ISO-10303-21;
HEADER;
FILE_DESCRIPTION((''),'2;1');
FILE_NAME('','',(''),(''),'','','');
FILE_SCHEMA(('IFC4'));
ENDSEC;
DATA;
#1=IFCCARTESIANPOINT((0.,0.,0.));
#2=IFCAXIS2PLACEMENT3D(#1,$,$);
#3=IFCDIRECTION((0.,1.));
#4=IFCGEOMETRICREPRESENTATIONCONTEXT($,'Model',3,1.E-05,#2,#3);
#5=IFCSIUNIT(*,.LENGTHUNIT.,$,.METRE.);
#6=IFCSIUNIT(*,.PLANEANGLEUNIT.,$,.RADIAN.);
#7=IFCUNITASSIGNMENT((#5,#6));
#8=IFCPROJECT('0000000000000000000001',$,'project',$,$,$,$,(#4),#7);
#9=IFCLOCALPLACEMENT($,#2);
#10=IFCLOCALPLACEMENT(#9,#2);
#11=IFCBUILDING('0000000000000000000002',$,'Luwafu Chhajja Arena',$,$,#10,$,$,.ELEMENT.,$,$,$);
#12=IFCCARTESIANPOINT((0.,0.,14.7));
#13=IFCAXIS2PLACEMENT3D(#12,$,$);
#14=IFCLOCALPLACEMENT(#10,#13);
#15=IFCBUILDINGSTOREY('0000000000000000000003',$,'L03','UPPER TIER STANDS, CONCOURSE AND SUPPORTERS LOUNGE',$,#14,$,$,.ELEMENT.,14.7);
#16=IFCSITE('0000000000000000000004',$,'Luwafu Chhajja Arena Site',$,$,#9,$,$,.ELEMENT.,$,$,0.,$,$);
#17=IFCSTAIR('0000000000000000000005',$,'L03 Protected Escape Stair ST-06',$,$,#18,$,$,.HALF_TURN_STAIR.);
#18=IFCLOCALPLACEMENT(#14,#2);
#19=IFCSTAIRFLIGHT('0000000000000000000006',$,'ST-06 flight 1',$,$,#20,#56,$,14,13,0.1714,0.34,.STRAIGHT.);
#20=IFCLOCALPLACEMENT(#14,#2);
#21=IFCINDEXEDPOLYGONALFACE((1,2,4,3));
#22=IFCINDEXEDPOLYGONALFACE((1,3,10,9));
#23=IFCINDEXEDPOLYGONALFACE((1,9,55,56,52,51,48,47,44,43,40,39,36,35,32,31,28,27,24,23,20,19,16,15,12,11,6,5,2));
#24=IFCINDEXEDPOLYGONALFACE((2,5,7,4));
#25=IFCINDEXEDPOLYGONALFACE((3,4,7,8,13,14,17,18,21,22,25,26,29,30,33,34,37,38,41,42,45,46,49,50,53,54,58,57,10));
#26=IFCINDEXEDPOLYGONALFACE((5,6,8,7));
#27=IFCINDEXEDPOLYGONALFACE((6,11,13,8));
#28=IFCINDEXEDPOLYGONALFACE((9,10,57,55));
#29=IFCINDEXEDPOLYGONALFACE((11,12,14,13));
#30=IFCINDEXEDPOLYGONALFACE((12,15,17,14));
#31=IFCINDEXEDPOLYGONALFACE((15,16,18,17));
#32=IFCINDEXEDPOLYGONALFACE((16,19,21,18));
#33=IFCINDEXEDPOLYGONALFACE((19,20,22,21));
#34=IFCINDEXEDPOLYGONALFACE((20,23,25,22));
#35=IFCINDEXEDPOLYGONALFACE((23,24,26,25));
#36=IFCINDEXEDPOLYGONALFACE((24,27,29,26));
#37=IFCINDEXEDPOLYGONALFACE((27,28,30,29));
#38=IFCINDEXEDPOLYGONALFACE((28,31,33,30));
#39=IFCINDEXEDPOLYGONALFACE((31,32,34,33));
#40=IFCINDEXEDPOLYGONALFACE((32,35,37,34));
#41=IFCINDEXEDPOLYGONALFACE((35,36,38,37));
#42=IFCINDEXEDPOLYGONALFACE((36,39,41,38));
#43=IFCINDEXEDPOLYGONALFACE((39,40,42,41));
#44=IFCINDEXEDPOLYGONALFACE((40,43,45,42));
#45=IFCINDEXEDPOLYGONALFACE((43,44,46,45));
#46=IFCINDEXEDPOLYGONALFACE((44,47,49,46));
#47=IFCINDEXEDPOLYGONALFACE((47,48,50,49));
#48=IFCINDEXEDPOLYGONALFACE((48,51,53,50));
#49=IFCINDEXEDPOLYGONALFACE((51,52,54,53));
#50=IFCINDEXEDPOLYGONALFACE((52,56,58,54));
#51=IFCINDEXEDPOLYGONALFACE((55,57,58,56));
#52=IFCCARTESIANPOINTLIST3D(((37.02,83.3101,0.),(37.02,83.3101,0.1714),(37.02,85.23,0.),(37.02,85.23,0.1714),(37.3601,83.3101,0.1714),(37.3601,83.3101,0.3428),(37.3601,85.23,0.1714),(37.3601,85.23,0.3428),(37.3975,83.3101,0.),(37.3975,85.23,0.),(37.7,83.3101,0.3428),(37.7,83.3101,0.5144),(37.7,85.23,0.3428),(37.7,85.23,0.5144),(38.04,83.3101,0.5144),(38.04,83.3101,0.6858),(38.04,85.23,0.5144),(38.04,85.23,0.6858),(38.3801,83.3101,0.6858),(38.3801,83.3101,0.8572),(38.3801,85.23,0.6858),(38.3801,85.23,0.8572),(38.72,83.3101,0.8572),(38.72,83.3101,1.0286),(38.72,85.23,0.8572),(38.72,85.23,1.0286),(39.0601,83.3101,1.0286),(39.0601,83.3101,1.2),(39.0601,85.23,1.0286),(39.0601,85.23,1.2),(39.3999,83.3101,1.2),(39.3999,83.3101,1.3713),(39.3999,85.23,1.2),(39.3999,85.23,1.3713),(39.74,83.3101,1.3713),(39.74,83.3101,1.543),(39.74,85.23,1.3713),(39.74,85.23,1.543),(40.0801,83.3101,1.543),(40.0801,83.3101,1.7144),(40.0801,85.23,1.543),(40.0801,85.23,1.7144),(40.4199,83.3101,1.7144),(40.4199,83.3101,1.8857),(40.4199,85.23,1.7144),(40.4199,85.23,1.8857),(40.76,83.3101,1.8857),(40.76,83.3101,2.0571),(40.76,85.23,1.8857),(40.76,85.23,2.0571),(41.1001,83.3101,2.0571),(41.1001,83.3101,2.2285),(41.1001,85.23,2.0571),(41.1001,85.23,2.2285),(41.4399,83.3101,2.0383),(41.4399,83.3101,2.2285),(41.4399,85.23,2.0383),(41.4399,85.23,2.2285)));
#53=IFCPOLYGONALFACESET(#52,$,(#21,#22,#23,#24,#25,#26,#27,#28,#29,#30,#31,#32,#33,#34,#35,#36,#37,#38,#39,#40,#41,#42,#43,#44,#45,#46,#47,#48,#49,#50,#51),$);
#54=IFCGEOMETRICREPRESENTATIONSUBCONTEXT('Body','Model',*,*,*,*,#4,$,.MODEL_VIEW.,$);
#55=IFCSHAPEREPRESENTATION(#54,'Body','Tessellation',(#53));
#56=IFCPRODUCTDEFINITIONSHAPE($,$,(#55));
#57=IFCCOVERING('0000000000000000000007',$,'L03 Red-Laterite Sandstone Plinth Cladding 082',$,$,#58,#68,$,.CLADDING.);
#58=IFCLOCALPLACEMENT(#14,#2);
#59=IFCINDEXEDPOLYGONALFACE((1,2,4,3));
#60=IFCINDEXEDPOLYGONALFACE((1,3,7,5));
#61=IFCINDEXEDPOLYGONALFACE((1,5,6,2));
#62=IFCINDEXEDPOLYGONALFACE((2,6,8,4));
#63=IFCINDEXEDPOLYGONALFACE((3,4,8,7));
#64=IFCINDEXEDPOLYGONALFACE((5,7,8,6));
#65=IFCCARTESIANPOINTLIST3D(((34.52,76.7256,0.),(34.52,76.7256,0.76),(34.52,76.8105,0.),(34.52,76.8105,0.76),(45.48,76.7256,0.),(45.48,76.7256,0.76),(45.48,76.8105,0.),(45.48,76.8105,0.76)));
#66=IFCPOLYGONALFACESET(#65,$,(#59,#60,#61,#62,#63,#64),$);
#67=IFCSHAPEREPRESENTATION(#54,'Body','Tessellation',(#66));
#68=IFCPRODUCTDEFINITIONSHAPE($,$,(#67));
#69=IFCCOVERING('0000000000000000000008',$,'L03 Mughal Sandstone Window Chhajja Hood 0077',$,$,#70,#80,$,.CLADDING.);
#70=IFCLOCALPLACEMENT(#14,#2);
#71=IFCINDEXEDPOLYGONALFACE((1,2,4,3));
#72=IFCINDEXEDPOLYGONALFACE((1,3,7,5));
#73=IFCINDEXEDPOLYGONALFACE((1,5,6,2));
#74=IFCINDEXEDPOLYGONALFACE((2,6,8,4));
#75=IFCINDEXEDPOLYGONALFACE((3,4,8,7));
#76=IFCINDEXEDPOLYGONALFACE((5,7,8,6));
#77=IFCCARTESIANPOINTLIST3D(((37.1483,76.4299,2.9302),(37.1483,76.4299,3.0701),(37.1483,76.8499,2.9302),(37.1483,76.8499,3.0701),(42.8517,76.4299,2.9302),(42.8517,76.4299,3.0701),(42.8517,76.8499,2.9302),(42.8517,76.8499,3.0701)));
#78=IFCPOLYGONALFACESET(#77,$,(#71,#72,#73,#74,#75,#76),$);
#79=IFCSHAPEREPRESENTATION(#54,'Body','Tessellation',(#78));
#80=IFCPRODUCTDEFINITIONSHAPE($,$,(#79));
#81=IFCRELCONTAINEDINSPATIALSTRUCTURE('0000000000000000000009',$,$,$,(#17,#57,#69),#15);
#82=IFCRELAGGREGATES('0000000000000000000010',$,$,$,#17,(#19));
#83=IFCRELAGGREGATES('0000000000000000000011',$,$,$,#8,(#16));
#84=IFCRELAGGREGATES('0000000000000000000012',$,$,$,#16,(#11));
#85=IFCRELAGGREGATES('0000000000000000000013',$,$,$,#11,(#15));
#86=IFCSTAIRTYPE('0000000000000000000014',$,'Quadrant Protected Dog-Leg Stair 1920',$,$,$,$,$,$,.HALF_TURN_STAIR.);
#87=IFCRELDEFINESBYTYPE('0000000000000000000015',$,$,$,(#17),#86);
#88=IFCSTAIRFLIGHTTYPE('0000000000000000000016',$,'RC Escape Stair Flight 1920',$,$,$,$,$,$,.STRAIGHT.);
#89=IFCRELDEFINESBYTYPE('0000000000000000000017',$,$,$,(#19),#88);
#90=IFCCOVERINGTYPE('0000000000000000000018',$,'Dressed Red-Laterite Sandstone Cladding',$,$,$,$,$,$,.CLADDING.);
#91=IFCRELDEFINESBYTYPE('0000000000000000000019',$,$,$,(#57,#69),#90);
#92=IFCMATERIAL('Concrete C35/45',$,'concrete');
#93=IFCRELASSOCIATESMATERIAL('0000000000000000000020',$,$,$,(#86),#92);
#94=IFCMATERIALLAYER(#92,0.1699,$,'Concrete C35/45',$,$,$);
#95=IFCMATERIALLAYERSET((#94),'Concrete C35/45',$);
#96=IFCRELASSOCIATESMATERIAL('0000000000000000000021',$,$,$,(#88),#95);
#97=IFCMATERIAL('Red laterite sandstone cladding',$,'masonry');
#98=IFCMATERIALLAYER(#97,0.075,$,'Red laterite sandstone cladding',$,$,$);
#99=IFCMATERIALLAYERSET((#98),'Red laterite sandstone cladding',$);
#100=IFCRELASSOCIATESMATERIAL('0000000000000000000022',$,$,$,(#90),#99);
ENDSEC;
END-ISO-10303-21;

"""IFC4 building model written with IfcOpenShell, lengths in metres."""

from ifc_helpers import new_model, si_unit, direction, frame, origin, origin_2d, place, context, subcontext, project, spatial, polyline, rectangle, outline, extrude, material, layer, layer_set, type_object, element, aggregate, save


model = new_model("IFC4")

# Units and contexts
model_context = context("Model", 3, precision=1e-05, world=origin(), true_north=direction((0.0, 1.0)))
body_context = subcontext(model_context, "Body", "Model", "MODEL_VIEW")
ifc_project = project(units=[si_unit("LENGTHUNIT", "METRE"), si_unit("PLANEANGLEUNIT", "RADIAN")], contexts=[model_context])

# Site, building, storey
site_placement = place(None, origin())
site = spatial("IfcSite", under=ifc_project, at=site_placement, Name="Luwafu Chhajja Arena Site", CompositionType="ELEMENT", RefElevation=0.0)
building_placement = place(site_placement, origin())
building = spatial("IfcBuilding", under=site, at=building_placement, Name="Luwafu Chhajja Arena", CompositionType="ELEMENT")
storey_placement = place(building_placement, frame((0.0, 0.0, 14.7)))
storey = spatial("IfcBuildingStorey", under=building, at=storey_placement, Name="L03", Description="UPPER TIER STANDS, CONCOURSE AND SUPPORTERS LOUNGE", CompositionType="ELEMENT", Elevation=14.7)

# Shared definitions
ifc_material_1 = material(Name="Concrete C35/45", Category="concrete")
stair_type = type_object("IfcStairType", Name="Quadrant Protected Dog-Leg Stair 1920", PredefinedType="HALF_TURN_STAIR", material=ifc_material_1)
ifc_layer_1 = layer(ifc_material_1, 0.1699, Name="Concrete C35/45")
ifc_layer_set_1 = layer_set([ifc_layer_1], Name="Concrete C35/45")
stair_flight_type = type_object("IfcStairFlightType", Name="RC Escape Stair Flight 1920", PredefinedType="STRAIGHT", material=ifc_layer_set_1)

# Stair, stair flight
stair_1_placement = place(storey_placement, origin())
stair_1 = element("IfcStair", 1, at=stair_1_placement, inside=storey, type_object=stair_type, Name="L03 Protected Escape Stair ST-06", PredefinedType="HALF_TURN_STAIR")
stair_flight_1_placement = place(storey_placement, frame((37.02, 84.27, 0.0), z_axis=(0.0, 0.0, 1.0), x_axis=(1.0, 0.0, 0.0)))
stair_flight_1 = element("IfcStairFlight", 2, at=stair_flight_1_placement, type_object=stair_flight_type, Name="ST-06 flight 1", NumberOfRisers=14, NumberOfTreads=13, PredefinedType="STRAIGHT", RiserHeight=0.1714, TreadLength=0.34, context=body_context, shape_type="SweptSolid", body=[
    extrude(outline(polyline([(0.0, 0.0), (0.0, 0.1714), (0.3401, 0.1714), (0.3401, 0.3428), (0.6799, 0.3428), (0.6799, 0.5144), (1.02, 0.5144), (1.02, 0.6858), (1.3601, 0.6858), (1.3601, 0.8572), (1.7, 0.8572), (1.7, 1.0286), (2.04, 1.0286), (2.04, 1.2), (2.3799, 1.2), (2.3799, 1.3713), (2.72, 1.3713), (2.72, 1.543), (3.0601, 1.543), (3.0601, 1.7144), (3.3999, 1.7144), (3.3999, 1.8857), (3.74, 1.8857), (3.74, 2.0571), (4.0801, 2.0571), (4.0801, 2.2285), (4.4199, 2.2285), (4.4199, 2.3999), (4.4199, 2.0383), (0.3774, 0.0), (0.0, 0.0)])), frame((0.0, 0.96, 0.0), z_axis=(0.0, -1.0, 0.0), x_axis=(1.0, 0.0, 0.0)), (0.0, 0.0, 1.0), 1.9199),
])
aggregate(stair_1, [stair_flight_1])

# Coverings
ifc_material_2 = material(Name="Red laterite sandstone cladding", Category="masonry")
ifc_layer_2 = layer(ifc_material_2, 0.075, Name="Red laterite sandstone cladding")
ifc_layer_set_2 = layer_set([ifc_layer_2], Name="Red laterite sandstone cladding")
covering_type = type_object("IfcCoveringType", Name="Dressed Red-Laterite Sandstone Cladding", PredefinedType="CLADDING", material=ifc_layer_set_2)
covering_1_placement = place(storey_placement, frame((40.0, 76.7681, 0.0), z_axis=(0.0, 0.0, 1.0), x_axis=(1.0, 0.0, 0.0)))
element("IfcCovering", 3, at=covering_1_placement, inside=storey, type_object=covering_type, Name="L03 Red-Laterite Sandstone Plinth Cladding 082", PredefinedType="CLADDING", context=body_context, shape_type="SweptSolid", body=[
    extrude(rectangle(XDim=10.96, YDim=0.085, at=origin_2d()), origin(), (0.0, 0.0, 1.0), 0.76),
])
covering_2_placement = place(storey_placement, frame((40.0, 76.6399, 2.9302), z_axis=(0.0, 0.0, 1.0), x_axis=(1.0, 0.0, 0.0)))
element("IfcCovering", 4, at=covering_2_placement, inside=storey, type_object=covering_type, Name="L03 Mughal Sandstone Window Chhajja Hood 0077", PredefinedType="CLADDING", context=body_context, shape_type="SweptSolid", body=[
    extrude(rectangle(XDim=5.7034, YDim=0.4199, at=origin_2d()), origin(), (0.0, 0.0, 1.0), 0.1399),
])

save(model, "model.ifc")
